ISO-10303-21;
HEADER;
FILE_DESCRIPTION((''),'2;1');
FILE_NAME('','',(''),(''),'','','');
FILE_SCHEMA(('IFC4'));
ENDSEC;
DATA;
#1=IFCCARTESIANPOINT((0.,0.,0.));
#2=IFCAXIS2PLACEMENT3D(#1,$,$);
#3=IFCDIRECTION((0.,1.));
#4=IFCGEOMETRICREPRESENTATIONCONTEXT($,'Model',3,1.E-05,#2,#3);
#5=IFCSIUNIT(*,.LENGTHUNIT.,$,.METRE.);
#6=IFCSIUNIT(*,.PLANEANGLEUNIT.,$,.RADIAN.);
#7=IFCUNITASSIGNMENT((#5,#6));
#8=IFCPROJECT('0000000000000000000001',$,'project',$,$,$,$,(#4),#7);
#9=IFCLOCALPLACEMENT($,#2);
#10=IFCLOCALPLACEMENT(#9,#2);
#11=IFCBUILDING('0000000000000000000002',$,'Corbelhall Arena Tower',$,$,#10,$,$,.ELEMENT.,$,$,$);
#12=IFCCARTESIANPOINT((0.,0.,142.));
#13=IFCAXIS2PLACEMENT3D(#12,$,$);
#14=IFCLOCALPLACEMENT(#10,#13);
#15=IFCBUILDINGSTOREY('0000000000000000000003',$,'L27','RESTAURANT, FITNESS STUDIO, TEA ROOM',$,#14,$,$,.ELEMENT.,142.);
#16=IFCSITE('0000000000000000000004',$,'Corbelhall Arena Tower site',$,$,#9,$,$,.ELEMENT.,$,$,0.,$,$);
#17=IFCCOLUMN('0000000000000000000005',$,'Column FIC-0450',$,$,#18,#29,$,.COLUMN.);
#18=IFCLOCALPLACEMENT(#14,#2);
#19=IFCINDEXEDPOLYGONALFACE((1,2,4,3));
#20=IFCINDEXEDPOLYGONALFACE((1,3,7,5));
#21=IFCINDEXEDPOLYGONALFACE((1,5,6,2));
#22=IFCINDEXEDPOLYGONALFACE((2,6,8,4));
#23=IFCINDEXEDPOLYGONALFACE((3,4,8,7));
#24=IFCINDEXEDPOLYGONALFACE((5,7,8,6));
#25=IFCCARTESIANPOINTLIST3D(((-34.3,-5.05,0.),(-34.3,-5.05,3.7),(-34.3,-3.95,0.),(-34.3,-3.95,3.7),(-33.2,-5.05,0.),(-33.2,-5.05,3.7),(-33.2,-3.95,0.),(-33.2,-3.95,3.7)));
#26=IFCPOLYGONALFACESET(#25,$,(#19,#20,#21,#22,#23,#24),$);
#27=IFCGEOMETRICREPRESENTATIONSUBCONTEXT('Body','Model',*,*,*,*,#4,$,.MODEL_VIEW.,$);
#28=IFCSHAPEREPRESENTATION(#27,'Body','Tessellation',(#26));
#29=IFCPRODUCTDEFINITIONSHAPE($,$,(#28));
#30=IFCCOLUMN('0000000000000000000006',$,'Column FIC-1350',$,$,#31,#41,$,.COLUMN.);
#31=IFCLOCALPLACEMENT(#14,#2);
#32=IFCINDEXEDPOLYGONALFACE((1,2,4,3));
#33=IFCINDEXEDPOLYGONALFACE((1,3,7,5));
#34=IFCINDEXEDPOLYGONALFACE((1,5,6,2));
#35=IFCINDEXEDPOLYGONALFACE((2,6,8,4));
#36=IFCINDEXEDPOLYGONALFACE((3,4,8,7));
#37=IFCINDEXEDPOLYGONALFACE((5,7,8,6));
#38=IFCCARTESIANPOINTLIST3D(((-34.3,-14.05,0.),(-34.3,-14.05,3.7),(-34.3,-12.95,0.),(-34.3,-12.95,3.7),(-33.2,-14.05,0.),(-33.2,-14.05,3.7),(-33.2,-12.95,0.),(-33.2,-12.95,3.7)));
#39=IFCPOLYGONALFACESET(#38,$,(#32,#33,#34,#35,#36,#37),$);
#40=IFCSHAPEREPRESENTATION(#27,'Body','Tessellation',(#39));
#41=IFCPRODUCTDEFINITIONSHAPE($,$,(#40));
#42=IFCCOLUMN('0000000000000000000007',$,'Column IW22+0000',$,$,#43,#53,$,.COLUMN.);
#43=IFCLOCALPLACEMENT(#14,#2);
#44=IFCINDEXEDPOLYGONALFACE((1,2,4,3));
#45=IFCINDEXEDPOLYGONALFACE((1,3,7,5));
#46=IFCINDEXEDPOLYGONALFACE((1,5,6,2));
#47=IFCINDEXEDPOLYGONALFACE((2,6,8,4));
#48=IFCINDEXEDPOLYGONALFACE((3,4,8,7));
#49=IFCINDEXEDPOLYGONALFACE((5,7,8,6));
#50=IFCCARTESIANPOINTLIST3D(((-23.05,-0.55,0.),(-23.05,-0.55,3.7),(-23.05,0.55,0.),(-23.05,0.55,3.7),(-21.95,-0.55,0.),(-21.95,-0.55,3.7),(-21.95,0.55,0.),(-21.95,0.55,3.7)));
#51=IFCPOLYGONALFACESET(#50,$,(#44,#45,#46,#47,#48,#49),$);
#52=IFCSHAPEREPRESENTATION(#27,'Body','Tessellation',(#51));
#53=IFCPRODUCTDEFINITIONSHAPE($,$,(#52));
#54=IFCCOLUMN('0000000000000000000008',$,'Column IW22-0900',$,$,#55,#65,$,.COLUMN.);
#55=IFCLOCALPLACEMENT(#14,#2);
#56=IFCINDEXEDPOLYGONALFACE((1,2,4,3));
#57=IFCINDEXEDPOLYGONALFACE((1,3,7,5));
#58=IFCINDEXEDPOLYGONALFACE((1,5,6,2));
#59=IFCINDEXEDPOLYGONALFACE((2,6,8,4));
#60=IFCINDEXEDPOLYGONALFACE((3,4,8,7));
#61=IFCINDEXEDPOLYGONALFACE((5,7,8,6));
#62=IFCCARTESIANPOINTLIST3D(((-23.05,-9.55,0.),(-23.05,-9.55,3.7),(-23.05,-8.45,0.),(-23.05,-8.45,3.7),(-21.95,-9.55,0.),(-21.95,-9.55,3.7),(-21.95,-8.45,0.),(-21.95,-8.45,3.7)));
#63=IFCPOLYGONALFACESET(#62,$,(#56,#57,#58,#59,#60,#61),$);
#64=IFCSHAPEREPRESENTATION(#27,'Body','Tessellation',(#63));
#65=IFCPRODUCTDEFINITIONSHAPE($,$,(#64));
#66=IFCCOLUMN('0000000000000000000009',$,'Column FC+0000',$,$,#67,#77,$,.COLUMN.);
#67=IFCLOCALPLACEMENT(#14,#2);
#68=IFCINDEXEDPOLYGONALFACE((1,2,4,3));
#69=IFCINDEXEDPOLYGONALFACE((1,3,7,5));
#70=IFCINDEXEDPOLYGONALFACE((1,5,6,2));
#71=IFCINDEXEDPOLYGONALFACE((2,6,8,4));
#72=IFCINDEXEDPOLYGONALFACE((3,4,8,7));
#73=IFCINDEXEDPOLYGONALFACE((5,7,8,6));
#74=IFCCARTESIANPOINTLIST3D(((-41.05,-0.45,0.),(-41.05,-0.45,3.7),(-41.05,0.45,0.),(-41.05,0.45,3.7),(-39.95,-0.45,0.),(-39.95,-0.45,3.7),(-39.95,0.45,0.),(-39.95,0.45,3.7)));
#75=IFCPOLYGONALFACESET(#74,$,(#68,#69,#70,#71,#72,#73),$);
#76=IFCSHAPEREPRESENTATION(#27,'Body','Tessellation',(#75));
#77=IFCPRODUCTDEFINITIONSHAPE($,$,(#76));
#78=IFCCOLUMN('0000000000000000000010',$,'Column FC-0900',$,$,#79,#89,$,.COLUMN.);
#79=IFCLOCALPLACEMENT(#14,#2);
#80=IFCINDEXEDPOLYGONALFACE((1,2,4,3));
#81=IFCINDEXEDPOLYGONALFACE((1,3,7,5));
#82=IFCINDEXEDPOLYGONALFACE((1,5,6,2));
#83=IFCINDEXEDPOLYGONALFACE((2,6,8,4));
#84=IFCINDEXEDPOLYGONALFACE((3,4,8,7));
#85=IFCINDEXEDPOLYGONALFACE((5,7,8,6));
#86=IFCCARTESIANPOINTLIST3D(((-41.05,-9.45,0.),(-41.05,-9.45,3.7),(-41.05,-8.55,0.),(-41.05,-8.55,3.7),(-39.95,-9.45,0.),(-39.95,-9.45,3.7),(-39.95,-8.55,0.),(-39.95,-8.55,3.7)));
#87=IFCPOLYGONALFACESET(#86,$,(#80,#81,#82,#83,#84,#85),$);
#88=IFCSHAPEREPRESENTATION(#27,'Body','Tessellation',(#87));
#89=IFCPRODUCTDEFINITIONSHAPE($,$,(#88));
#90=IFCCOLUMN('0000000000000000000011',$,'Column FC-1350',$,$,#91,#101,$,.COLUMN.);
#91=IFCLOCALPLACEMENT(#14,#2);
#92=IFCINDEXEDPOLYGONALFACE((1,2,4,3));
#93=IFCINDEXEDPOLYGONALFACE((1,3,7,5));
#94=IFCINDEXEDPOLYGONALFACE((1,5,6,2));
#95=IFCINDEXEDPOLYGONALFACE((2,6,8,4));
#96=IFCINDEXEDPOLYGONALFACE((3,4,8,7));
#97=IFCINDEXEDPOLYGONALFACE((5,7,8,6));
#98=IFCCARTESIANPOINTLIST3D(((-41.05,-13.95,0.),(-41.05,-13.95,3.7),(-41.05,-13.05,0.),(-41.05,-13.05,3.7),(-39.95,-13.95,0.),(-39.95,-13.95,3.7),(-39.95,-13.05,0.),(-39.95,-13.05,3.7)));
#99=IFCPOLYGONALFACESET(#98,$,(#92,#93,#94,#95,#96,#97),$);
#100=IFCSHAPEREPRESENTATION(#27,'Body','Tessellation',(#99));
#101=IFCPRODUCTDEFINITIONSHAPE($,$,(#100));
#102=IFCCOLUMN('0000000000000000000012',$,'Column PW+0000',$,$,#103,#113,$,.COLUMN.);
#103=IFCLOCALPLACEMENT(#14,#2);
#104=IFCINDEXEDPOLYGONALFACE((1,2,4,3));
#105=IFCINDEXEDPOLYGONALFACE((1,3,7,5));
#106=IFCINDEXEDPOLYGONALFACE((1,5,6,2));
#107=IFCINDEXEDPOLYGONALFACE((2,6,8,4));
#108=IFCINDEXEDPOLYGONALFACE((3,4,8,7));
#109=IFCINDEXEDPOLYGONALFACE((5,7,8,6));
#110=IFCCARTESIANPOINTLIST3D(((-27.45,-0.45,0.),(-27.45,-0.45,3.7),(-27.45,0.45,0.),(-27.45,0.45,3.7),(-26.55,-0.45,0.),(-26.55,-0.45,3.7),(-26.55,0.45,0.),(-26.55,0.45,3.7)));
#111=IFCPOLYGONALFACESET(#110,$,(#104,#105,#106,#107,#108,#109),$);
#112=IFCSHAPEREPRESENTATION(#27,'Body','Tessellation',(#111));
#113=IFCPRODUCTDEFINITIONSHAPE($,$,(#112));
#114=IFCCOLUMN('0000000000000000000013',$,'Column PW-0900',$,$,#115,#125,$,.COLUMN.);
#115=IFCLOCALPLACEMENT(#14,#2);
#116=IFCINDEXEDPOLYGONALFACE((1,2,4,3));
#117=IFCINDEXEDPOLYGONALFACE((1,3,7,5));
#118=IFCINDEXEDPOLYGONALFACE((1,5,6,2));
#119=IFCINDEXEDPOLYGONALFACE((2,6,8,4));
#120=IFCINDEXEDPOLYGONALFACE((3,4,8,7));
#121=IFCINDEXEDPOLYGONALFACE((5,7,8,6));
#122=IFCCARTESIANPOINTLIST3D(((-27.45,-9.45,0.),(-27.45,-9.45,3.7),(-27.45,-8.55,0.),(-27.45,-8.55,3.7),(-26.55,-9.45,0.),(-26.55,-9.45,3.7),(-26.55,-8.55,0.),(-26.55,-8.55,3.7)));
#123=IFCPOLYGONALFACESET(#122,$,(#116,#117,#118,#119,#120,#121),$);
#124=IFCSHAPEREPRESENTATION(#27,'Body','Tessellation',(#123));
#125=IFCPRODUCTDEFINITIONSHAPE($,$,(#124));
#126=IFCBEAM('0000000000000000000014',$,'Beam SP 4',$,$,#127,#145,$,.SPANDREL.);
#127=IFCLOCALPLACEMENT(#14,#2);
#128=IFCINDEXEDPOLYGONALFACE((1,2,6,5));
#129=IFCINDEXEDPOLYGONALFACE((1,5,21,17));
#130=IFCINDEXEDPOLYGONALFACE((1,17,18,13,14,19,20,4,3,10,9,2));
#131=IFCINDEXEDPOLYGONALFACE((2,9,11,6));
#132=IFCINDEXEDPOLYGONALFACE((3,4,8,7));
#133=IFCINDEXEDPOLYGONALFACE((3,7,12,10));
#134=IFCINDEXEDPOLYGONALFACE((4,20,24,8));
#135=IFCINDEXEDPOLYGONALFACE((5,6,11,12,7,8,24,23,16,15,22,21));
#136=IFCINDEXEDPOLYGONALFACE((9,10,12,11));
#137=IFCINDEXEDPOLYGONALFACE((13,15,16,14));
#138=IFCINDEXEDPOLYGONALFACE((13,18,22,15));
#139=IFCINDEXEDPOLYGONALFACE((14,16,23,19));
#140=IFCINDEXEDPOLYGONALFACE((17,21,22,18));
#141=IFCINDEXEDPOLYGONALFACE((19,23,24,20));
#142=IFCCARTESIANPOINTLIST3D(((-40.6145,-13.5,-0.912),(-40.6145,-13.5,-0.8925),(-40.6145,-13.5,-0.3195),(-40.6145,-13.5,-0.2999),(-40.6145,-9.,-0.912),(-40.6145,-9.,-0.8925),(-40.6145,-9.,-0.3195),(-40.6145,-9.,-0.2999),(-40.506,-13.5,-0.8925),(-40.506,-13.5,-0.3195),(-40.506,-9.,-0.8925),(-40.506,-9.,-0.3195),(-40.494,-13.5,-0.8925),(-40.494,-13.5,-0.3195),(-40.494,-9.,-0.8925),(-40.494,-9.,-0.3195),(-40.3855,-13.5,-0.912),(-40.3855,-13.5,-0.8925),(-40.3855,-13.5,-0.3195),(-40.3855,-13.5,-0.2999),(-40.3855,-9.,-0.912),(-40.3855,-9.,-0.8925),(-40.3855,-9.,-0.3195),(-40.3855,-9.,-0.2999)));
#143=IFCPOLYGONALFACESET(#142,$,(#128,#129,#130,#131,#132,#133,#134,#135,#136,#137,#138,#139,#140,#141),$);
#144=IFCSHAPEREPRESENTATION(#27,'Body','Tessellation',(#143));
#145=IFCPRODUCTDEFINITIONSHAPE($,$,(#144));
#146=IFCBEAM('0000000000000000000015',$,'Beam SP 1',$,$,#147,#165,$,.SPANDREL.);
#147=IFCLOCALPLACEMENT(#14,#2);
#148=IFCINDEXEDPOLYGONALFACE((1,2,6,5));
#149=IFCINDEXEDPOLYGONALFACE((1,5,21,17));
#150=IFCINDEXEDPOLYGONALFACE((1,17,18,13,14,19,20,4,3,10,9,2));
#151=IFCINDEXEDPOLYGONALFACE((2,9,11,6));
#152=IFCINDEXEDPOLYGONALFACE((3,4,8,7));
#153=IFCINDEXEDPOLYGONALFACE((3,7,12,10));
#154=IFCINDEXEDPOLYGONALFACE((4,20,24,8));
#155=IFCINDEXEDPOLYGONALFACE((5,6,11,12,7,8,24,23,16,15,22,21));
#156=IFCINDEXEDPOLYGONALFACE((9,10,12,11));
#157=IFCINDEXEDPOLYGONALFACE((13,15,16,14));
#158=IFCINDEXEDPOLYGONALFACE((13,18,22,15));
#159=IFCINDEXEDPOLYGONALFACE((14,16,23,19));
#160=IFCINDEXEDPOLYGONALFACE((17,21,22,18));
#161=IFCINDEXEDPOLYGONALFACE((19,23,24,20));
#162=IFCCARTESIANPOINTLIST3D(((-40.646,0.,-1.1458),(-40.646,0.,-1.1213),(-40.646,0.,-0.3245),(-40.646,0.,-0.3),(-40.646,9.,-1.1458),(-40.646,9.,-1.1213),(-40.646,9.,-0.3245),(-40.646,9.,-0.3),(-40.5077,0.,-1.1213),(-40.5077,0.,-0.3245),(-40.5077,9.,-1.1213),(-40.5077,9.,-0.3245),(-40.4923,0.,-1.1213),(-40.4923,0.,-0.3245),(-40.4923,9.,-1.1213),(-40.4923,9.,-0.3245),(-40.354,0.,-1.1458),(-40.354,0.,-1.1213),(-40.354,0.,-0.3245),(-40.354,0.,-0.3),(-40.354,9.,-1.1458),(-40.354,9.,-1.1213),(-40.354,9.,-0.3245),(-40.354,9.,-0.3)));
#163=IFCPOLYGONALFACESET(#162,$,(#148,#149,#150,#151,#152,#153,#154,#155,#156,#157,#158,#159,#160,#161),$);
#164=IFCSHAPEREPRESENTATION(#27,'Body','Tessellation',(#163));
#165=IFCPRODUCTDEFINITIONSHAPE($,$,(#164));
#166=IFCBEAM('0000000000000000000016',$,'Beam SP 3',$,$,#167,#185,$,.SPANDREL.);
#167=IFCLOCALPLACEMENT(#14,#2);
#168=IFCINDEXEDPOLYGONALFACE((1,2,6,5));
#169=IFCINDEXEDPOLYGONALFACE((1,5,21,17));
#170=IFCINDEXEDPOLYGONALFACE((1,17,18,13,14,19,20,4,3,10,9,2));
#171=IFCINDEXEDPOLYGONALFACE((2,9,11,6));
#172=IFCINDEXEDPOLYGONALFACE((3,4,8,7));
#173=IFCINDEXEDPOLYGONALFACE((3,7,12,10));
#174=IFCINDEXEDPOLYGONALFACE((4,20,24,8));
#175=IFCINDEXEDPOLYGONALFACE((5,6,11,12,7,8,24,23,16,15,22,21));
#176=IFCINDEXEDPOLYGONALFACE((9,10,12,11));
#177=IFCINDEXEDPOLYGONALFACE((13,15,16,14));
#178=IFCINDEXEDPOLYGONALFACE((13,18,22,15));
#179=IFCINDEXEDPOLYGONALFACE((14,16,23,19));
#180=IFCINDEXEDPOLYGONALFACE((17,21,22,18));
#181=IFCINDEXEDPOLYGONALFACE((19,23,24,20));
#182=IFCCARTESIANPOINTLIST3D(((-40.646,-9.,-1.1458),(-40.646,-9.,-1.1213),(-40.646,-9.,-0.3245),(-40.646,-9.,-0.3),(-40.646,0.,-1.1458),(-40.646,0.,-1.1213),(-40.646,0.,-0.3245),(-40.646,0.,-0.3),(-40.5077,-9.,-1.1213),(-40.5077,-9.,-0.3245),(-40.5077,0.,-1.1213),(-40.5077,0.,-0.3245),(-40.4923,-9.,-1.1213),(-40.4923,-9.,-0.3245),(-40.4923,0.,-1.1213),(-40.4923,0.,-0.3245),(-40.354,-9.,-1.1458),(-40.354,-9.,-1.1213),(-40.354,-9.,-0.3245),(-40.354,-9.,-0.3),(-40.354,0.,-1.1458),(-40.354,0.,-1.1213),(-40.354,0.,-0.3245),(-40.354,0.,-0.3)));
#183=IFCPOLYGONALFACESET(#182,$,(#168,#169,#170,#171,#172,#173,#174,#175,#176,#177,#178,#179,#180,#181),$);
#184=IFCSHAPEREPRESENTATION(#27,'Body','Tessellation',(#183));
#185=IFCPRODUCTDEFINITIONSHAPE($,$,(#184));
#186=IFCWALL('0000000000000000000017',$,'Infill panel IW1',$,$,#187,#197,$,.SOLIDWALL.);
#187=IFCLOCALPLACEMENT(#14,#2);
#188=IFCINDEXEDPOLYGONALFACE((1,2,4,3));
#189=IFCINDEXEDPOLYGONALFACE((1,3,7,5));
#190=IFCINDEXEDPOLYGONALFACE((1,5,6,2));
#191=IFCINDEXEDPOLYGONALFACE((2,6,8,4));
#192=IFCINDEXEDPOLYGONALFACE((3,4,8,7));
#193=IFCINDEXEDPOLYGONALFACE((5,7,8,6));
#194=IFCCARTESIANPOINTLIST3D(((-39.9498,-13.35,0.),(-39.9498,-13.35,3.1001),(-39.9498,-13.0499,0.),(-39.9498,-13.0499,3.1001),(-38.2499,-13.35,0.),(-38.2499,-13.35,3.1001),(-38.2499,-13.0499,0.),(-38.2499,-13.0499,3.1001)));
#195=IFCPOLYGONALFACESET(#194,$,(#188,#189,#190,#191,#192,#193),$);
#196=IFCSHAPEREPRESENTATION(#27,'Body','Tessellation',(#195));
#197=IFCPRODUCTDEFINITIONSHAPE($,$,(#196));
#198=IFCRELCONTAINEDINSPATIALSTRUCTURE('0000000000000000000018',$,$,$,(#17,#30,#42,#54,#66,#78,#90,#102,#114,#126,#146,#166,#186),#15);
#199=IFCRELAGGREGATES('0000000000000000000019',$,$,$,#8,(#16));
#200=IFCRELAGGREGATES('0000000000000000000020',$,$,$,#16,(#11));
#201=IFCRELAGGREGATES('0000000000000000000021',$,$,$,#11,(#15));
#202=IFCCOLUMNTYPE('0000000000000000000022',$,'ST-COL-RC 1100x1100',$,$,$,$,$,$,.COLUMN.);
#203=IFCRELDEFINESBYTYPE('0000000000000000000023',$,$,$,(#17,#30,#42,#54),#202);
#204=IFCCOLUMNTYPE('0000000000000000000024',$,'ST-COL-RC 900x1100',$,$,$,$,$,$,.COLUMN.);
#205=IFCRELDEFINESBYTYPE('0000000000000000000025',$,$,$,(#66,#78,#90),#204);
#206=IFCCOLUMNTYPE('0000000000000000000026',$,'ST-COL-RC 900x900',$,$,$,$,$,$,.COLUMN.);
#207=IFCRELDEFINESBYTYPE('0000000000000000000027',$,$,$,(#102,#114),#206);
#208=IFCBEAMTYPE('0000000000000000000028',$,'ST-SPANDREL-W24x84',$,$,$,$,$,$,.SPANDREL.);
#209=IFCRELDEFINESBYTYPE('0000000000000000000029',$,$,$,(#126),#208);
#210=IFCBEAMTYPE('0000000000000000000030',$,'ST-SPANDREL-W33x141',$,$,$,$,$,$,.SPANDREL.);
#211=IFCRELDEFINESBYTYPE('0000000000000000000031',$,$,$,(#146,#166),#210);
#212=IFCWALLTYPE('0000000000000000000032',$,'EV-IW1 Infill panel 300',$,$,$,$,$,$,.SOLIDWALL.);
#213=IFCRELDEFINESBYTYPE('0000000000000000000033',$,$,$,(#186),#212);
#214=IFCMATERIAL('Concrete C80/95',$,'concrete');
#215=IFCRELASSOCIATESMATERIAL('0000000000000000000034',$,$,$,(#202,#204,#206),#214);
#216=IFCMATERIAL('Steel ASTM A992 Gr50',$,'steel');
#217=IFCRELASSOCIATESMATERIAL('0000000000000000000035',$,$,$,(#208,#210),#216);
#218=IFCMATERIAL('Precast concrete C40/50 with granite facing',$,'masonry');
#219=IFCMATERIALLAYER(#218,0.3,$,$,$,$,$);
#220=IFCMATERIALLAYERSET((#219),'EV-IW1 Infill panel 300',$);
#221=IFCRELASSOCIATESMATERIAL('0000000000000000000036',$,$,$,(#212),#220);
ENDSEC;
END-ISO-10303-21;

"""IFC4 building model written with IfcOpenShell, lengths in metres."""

from ifc_helpers import new_model, si_unit, direction, frame, frame_2d, origin, origin_2d, place, context, subcontext, project, spatial, rectangle, i_section, extrude, material, layer, layer_set, material_profile, profile_set, type_object, element, save


model = new_model("IFC4")

# Units and contexts
model_context = context("Model", 3, precision=1e-05, world=origin(), true_north=direction((0.0, 1.0)))
body_context = subcontext(model_context, "Body", "Model", "MODEL_VIEW")
ifc_project = project(units=[si_unit("LENGTHUNIT", "METRE"), si_unit("PLANEANGLEUNIT", "RADIAN")], contexts=[model_context])

# Site, building, storey
site_placement = place(None, origin())
site = spatial("IfcSite", under=ifc_project, at=site_placement, Name="Corbelhall Arena Tower site", CompositionType="ELEMENT", RefElevation=0.0)
building_placement = place(site_placement, origin())
building = spatial("IfcBuilding", under=site, at=building_placement, Name="Corbelhall Arena Tower", CompositionType="ELEMENT")
storey_placement = place(building_placement, frame((0.0, 0.0, 142.0)))
storey = spatial("IfcBuildingStorey", under=building, at=storey_placement, Name="L27", Description="RESTAURANT, FITNESS STUDIO, TEA ROOM", CompositionType="ELEMENT", Elevation=142.0)

# Columns
ifc_material_1 = material(Name="Concrete C80/95", Category="concrete")
ifc_material_profile_1 = material_profile(ifc_material_1, rectangle(XDim=1.1001, YDim=1.1001, at=origin_2d()))
ifc_profile_set_1 = profile_set([ifc_material_profile_1], Name="Concrete C80/95")
column_type_1 = type_object("IfcColumnType", Name="ST-COL-RC 1100x1100", PredefinedType="COLUMN", material=ifc_profile_set_1)
for number, where, z_axis, x_axis, name in (
    (1, (-33.75, -4.5, 0.0), (0.0, 0.0, 1.0), (1.0, 0.0, 0.0), "Column FIC-0450"),
    (2, (-33.75, -13.5, 0.0), (0.0, 0.0, 1.0), (1.0, 0.0, 0.0), "Column FIC-1350"),
    (3, (-22.5, 0.0, 0.0), (0.0, 0.0, 1.0), (1.0, 0.0, 0.0), "Column IW22+0000"),
    (4, (-22.5, -9.0, 0.0), (0.0, 0.0, 1.0), (1.0, 0.0, 0.0), "Column IW22-0900"),
):
    element("IfcColumn", number, at=place(storey_placement, frame(where, z_axis=z_axis, x_axis=x_axis)), inside=storey, type_object=column_type_1, Name=name, PredefinedType="COLUMN", context=body_context, shape_type="SweptSolid", body=[
        extrude(rectangle(XDim=1.1001, YDim=1.1001, at=origin_2d()), origin(), (0.0, 0.0, 1.0), 3.7),
    ])
ifc_material_profile_2 = material_profile(ifc_material_1, rectangle(XDim=0.8999, YDim=1.1001, at=origin_2d()))
ifc_profile_set_2 = profile_set([ifc_material_profile_2], Name="Concrete C80/95")
column_type_2 = type_object("IfcColumnType", Name="ST-COL-RC 900x1100", PredefinedType="COLUMN", material=ifc_profile_set_2)
for number, where, z_axis, x_axis, name in (
    (5, (-40.5, 0.0, 0.0), (0.0, 0.0, 1.0), (0.0, 1.0, 0.0), "Column FC+0000"),
    (6, (-40.5, -9.0, 0.0), (0.0, 0.0, 1.0), (0.0, 1.0, 0.0), "Column FC-0900"),
    (7, (-40.5, -13.5, 0.0), (0.0, 0.0, 1.0), (0.0, 1.0, 0.0), "Column FC-1350"),
):
    element("IfcColumn", number, at=place(storey_placement, frame(where, z_axis=z_axis, x_axis=x_axis)), inside=storey, type_object=column_type_2, Name=name, PredefinedType="COLUMN", context=body_context, shape_type="SweptSolid", body=[
        extrude(rectangle(XDim=0.8999, YDim=1.1001, at=origin_2d()), origin(), (0.0, 0.0, 1.0), 3.7),
    ])
ifc_material_profile_3 = material_profile(ifc_material_1, rectangle(XDim=0.8999, YDim=0.8999, at=origin_2d()))
ifc_profile_set_3 = profile_set([ifc_material_profile_3], Name="Concrete C80/95")
column_type_3 = type_object("IfcColumnType", Name="ST-COL-RC 900x900", PredefinedType="COLUMN", material=ifc_profile_set_3)
for number, where, z_axis, x_axis, name in (
    (8, (-27.0, 0.0, 0.0), (0.0, 0.0, 1.0), (1.0, 0.0, 0.0), "Column PW+0000"),
    (9, (-27.0, -9.0, 0.0), (0.0, 0.0, 1.0), (1.0, 0.0, 0.0), "Column PW-0900"),
):
    element("IfcColumn", number, at=place(storey_placement, frame(where, z_axis=z_axis, x_axis=x_axis)), inside=storey, type_object=column_type_3, Name=name, PredefinedType="COLUMN", context=body_context, shape_type="SweptSolid", body=[
        extrude(rectangle(XDim=0.8999, YDim=0.8999, at=origin_2d()), origin(), (0.0, 0.0, 1.0), 3.7),
    ])

# Beams
ifc_material_2 = material(Name="Steel ASTM A992 Gr50", Category="steel")
ifc_material_profile_4 = material_profile(ifc_material_2, i_section(OverallWidth=0.229, OverallDepth=0.6121, WebThickness=0.012, FlangeThickness=0.0195, at=origin_2d()))
ifc_profile_set_4 = profile_set([ifc_material_profile_4], Name="Steel ASTM A992 Gr50")
beam_type_1 = type_object("IfcBeamType", Name="ST-SPANDREL-W24x84", PredefinedType="SPANDREL", material=ifc_profile_set_4)
beam_placement = place(storey_placement, frame((-40.5, -13.5, -0.606), z_axis=(0.0, 1.0, 0.0), x_axis=(-1.0, 0.0, 0.0)))
element("IfcBeam", 10, at=beam_placement, inside=storey, type_object=beam_type_1, Name="Beam SP 4", PredefinedType="SPANDREL", context=body_context, shape_type="SweptSolid", body=[
    extrude(i_section(OverallWidth=0.229, OverallDepth=0.6121, WebThickness=0.012, FlangeThickness=0.0195, at=origin_2d()), origin(), (0.0, 0.0, 1.0), 4.5),
])
ifc_material_profile_5 = material_profile(ifc_material_2, i_section(OverallWidth=0.292, OverallDepth=0.8457, WebThickness=0.0154, FlangeThickness=0.0244, at=origin_2d()))
ifc_profile_set_5 = profile_set([ifc_material_profile_5], Name="Steel ASTM A992 Gr50")
beam_type_2 = type_object("IfcBeamType", Name="ST-SPANDREL-W33x141", PredefinedType="SPANDREL", material=ifc_profile_set_5)
for number, where, z_axis, x_axis, name in (
    (11, (-40.5, 0.0, -0.7229), (0.0, 1.0, 0.0), (-1.0, 0.0, 0.0), "Beam SP 1"),
    (12, (-40.5, -9.0, -0.7229), (0.0, 1.0, 0.0), (-1.0, 0.0, 0.0), "Beam SP 3"),
):
    element("IfcBeam", number, at=place(storey_placement, frame(where, z_axis=z_axis, x_axis=x_axis)), inside=storey, type_object=beam_type_2, Name=name, PredefinedType="SPANDREL", context=body_context, shape_type="SweptSolid", body=[
        extrude(i_section(OverallWidth=0.292, OverallDepth=0.8457, WebThickness=0.0154, FlangeThickness=0.0244, at=origin_2d()), origin(), (0.0, 0.0, 1.0), 9.0),
    ])

# Wall
ifc_material_3 = material(Name="Precast concrete C40/50 with granite facing", Category="masonry")
ifc_layer_1 = layer(ifc_material_3, 0.3)
ifc_layer_set_1 = layer_set([ifc_layer_1], Name="EV-IW1 Infill panel 300")
wall_type_1 = type_object("IfcWallType", Name="EV-IW1 Infill panel 300", PredefinedType="SOLIDWALL", material=ifc_layer_set_1)
wall_1_placement = place(storey_placement, frame((-39.95, -13.2, 0.0), z_axis=(0.0, 0.0, 1.0), x_axis=(1.0, 0.0, 0.0)))
element("IfcWall", 13, at=wall_1_placement, inside=storey, type_object=wall_type_1, Name="Infill panel IW1", PredefinedType="SOLIDWALL", context=body_context, shape_type="SweptSolid", body=[
    extrude(rectangle(XDim=1.7, YDim=0.3, at=frame_2d((0.8501, 0.0))), origin(), (0.0, 0.0, 1.0), 3.1001),
])

save(model, "model.ifc")
